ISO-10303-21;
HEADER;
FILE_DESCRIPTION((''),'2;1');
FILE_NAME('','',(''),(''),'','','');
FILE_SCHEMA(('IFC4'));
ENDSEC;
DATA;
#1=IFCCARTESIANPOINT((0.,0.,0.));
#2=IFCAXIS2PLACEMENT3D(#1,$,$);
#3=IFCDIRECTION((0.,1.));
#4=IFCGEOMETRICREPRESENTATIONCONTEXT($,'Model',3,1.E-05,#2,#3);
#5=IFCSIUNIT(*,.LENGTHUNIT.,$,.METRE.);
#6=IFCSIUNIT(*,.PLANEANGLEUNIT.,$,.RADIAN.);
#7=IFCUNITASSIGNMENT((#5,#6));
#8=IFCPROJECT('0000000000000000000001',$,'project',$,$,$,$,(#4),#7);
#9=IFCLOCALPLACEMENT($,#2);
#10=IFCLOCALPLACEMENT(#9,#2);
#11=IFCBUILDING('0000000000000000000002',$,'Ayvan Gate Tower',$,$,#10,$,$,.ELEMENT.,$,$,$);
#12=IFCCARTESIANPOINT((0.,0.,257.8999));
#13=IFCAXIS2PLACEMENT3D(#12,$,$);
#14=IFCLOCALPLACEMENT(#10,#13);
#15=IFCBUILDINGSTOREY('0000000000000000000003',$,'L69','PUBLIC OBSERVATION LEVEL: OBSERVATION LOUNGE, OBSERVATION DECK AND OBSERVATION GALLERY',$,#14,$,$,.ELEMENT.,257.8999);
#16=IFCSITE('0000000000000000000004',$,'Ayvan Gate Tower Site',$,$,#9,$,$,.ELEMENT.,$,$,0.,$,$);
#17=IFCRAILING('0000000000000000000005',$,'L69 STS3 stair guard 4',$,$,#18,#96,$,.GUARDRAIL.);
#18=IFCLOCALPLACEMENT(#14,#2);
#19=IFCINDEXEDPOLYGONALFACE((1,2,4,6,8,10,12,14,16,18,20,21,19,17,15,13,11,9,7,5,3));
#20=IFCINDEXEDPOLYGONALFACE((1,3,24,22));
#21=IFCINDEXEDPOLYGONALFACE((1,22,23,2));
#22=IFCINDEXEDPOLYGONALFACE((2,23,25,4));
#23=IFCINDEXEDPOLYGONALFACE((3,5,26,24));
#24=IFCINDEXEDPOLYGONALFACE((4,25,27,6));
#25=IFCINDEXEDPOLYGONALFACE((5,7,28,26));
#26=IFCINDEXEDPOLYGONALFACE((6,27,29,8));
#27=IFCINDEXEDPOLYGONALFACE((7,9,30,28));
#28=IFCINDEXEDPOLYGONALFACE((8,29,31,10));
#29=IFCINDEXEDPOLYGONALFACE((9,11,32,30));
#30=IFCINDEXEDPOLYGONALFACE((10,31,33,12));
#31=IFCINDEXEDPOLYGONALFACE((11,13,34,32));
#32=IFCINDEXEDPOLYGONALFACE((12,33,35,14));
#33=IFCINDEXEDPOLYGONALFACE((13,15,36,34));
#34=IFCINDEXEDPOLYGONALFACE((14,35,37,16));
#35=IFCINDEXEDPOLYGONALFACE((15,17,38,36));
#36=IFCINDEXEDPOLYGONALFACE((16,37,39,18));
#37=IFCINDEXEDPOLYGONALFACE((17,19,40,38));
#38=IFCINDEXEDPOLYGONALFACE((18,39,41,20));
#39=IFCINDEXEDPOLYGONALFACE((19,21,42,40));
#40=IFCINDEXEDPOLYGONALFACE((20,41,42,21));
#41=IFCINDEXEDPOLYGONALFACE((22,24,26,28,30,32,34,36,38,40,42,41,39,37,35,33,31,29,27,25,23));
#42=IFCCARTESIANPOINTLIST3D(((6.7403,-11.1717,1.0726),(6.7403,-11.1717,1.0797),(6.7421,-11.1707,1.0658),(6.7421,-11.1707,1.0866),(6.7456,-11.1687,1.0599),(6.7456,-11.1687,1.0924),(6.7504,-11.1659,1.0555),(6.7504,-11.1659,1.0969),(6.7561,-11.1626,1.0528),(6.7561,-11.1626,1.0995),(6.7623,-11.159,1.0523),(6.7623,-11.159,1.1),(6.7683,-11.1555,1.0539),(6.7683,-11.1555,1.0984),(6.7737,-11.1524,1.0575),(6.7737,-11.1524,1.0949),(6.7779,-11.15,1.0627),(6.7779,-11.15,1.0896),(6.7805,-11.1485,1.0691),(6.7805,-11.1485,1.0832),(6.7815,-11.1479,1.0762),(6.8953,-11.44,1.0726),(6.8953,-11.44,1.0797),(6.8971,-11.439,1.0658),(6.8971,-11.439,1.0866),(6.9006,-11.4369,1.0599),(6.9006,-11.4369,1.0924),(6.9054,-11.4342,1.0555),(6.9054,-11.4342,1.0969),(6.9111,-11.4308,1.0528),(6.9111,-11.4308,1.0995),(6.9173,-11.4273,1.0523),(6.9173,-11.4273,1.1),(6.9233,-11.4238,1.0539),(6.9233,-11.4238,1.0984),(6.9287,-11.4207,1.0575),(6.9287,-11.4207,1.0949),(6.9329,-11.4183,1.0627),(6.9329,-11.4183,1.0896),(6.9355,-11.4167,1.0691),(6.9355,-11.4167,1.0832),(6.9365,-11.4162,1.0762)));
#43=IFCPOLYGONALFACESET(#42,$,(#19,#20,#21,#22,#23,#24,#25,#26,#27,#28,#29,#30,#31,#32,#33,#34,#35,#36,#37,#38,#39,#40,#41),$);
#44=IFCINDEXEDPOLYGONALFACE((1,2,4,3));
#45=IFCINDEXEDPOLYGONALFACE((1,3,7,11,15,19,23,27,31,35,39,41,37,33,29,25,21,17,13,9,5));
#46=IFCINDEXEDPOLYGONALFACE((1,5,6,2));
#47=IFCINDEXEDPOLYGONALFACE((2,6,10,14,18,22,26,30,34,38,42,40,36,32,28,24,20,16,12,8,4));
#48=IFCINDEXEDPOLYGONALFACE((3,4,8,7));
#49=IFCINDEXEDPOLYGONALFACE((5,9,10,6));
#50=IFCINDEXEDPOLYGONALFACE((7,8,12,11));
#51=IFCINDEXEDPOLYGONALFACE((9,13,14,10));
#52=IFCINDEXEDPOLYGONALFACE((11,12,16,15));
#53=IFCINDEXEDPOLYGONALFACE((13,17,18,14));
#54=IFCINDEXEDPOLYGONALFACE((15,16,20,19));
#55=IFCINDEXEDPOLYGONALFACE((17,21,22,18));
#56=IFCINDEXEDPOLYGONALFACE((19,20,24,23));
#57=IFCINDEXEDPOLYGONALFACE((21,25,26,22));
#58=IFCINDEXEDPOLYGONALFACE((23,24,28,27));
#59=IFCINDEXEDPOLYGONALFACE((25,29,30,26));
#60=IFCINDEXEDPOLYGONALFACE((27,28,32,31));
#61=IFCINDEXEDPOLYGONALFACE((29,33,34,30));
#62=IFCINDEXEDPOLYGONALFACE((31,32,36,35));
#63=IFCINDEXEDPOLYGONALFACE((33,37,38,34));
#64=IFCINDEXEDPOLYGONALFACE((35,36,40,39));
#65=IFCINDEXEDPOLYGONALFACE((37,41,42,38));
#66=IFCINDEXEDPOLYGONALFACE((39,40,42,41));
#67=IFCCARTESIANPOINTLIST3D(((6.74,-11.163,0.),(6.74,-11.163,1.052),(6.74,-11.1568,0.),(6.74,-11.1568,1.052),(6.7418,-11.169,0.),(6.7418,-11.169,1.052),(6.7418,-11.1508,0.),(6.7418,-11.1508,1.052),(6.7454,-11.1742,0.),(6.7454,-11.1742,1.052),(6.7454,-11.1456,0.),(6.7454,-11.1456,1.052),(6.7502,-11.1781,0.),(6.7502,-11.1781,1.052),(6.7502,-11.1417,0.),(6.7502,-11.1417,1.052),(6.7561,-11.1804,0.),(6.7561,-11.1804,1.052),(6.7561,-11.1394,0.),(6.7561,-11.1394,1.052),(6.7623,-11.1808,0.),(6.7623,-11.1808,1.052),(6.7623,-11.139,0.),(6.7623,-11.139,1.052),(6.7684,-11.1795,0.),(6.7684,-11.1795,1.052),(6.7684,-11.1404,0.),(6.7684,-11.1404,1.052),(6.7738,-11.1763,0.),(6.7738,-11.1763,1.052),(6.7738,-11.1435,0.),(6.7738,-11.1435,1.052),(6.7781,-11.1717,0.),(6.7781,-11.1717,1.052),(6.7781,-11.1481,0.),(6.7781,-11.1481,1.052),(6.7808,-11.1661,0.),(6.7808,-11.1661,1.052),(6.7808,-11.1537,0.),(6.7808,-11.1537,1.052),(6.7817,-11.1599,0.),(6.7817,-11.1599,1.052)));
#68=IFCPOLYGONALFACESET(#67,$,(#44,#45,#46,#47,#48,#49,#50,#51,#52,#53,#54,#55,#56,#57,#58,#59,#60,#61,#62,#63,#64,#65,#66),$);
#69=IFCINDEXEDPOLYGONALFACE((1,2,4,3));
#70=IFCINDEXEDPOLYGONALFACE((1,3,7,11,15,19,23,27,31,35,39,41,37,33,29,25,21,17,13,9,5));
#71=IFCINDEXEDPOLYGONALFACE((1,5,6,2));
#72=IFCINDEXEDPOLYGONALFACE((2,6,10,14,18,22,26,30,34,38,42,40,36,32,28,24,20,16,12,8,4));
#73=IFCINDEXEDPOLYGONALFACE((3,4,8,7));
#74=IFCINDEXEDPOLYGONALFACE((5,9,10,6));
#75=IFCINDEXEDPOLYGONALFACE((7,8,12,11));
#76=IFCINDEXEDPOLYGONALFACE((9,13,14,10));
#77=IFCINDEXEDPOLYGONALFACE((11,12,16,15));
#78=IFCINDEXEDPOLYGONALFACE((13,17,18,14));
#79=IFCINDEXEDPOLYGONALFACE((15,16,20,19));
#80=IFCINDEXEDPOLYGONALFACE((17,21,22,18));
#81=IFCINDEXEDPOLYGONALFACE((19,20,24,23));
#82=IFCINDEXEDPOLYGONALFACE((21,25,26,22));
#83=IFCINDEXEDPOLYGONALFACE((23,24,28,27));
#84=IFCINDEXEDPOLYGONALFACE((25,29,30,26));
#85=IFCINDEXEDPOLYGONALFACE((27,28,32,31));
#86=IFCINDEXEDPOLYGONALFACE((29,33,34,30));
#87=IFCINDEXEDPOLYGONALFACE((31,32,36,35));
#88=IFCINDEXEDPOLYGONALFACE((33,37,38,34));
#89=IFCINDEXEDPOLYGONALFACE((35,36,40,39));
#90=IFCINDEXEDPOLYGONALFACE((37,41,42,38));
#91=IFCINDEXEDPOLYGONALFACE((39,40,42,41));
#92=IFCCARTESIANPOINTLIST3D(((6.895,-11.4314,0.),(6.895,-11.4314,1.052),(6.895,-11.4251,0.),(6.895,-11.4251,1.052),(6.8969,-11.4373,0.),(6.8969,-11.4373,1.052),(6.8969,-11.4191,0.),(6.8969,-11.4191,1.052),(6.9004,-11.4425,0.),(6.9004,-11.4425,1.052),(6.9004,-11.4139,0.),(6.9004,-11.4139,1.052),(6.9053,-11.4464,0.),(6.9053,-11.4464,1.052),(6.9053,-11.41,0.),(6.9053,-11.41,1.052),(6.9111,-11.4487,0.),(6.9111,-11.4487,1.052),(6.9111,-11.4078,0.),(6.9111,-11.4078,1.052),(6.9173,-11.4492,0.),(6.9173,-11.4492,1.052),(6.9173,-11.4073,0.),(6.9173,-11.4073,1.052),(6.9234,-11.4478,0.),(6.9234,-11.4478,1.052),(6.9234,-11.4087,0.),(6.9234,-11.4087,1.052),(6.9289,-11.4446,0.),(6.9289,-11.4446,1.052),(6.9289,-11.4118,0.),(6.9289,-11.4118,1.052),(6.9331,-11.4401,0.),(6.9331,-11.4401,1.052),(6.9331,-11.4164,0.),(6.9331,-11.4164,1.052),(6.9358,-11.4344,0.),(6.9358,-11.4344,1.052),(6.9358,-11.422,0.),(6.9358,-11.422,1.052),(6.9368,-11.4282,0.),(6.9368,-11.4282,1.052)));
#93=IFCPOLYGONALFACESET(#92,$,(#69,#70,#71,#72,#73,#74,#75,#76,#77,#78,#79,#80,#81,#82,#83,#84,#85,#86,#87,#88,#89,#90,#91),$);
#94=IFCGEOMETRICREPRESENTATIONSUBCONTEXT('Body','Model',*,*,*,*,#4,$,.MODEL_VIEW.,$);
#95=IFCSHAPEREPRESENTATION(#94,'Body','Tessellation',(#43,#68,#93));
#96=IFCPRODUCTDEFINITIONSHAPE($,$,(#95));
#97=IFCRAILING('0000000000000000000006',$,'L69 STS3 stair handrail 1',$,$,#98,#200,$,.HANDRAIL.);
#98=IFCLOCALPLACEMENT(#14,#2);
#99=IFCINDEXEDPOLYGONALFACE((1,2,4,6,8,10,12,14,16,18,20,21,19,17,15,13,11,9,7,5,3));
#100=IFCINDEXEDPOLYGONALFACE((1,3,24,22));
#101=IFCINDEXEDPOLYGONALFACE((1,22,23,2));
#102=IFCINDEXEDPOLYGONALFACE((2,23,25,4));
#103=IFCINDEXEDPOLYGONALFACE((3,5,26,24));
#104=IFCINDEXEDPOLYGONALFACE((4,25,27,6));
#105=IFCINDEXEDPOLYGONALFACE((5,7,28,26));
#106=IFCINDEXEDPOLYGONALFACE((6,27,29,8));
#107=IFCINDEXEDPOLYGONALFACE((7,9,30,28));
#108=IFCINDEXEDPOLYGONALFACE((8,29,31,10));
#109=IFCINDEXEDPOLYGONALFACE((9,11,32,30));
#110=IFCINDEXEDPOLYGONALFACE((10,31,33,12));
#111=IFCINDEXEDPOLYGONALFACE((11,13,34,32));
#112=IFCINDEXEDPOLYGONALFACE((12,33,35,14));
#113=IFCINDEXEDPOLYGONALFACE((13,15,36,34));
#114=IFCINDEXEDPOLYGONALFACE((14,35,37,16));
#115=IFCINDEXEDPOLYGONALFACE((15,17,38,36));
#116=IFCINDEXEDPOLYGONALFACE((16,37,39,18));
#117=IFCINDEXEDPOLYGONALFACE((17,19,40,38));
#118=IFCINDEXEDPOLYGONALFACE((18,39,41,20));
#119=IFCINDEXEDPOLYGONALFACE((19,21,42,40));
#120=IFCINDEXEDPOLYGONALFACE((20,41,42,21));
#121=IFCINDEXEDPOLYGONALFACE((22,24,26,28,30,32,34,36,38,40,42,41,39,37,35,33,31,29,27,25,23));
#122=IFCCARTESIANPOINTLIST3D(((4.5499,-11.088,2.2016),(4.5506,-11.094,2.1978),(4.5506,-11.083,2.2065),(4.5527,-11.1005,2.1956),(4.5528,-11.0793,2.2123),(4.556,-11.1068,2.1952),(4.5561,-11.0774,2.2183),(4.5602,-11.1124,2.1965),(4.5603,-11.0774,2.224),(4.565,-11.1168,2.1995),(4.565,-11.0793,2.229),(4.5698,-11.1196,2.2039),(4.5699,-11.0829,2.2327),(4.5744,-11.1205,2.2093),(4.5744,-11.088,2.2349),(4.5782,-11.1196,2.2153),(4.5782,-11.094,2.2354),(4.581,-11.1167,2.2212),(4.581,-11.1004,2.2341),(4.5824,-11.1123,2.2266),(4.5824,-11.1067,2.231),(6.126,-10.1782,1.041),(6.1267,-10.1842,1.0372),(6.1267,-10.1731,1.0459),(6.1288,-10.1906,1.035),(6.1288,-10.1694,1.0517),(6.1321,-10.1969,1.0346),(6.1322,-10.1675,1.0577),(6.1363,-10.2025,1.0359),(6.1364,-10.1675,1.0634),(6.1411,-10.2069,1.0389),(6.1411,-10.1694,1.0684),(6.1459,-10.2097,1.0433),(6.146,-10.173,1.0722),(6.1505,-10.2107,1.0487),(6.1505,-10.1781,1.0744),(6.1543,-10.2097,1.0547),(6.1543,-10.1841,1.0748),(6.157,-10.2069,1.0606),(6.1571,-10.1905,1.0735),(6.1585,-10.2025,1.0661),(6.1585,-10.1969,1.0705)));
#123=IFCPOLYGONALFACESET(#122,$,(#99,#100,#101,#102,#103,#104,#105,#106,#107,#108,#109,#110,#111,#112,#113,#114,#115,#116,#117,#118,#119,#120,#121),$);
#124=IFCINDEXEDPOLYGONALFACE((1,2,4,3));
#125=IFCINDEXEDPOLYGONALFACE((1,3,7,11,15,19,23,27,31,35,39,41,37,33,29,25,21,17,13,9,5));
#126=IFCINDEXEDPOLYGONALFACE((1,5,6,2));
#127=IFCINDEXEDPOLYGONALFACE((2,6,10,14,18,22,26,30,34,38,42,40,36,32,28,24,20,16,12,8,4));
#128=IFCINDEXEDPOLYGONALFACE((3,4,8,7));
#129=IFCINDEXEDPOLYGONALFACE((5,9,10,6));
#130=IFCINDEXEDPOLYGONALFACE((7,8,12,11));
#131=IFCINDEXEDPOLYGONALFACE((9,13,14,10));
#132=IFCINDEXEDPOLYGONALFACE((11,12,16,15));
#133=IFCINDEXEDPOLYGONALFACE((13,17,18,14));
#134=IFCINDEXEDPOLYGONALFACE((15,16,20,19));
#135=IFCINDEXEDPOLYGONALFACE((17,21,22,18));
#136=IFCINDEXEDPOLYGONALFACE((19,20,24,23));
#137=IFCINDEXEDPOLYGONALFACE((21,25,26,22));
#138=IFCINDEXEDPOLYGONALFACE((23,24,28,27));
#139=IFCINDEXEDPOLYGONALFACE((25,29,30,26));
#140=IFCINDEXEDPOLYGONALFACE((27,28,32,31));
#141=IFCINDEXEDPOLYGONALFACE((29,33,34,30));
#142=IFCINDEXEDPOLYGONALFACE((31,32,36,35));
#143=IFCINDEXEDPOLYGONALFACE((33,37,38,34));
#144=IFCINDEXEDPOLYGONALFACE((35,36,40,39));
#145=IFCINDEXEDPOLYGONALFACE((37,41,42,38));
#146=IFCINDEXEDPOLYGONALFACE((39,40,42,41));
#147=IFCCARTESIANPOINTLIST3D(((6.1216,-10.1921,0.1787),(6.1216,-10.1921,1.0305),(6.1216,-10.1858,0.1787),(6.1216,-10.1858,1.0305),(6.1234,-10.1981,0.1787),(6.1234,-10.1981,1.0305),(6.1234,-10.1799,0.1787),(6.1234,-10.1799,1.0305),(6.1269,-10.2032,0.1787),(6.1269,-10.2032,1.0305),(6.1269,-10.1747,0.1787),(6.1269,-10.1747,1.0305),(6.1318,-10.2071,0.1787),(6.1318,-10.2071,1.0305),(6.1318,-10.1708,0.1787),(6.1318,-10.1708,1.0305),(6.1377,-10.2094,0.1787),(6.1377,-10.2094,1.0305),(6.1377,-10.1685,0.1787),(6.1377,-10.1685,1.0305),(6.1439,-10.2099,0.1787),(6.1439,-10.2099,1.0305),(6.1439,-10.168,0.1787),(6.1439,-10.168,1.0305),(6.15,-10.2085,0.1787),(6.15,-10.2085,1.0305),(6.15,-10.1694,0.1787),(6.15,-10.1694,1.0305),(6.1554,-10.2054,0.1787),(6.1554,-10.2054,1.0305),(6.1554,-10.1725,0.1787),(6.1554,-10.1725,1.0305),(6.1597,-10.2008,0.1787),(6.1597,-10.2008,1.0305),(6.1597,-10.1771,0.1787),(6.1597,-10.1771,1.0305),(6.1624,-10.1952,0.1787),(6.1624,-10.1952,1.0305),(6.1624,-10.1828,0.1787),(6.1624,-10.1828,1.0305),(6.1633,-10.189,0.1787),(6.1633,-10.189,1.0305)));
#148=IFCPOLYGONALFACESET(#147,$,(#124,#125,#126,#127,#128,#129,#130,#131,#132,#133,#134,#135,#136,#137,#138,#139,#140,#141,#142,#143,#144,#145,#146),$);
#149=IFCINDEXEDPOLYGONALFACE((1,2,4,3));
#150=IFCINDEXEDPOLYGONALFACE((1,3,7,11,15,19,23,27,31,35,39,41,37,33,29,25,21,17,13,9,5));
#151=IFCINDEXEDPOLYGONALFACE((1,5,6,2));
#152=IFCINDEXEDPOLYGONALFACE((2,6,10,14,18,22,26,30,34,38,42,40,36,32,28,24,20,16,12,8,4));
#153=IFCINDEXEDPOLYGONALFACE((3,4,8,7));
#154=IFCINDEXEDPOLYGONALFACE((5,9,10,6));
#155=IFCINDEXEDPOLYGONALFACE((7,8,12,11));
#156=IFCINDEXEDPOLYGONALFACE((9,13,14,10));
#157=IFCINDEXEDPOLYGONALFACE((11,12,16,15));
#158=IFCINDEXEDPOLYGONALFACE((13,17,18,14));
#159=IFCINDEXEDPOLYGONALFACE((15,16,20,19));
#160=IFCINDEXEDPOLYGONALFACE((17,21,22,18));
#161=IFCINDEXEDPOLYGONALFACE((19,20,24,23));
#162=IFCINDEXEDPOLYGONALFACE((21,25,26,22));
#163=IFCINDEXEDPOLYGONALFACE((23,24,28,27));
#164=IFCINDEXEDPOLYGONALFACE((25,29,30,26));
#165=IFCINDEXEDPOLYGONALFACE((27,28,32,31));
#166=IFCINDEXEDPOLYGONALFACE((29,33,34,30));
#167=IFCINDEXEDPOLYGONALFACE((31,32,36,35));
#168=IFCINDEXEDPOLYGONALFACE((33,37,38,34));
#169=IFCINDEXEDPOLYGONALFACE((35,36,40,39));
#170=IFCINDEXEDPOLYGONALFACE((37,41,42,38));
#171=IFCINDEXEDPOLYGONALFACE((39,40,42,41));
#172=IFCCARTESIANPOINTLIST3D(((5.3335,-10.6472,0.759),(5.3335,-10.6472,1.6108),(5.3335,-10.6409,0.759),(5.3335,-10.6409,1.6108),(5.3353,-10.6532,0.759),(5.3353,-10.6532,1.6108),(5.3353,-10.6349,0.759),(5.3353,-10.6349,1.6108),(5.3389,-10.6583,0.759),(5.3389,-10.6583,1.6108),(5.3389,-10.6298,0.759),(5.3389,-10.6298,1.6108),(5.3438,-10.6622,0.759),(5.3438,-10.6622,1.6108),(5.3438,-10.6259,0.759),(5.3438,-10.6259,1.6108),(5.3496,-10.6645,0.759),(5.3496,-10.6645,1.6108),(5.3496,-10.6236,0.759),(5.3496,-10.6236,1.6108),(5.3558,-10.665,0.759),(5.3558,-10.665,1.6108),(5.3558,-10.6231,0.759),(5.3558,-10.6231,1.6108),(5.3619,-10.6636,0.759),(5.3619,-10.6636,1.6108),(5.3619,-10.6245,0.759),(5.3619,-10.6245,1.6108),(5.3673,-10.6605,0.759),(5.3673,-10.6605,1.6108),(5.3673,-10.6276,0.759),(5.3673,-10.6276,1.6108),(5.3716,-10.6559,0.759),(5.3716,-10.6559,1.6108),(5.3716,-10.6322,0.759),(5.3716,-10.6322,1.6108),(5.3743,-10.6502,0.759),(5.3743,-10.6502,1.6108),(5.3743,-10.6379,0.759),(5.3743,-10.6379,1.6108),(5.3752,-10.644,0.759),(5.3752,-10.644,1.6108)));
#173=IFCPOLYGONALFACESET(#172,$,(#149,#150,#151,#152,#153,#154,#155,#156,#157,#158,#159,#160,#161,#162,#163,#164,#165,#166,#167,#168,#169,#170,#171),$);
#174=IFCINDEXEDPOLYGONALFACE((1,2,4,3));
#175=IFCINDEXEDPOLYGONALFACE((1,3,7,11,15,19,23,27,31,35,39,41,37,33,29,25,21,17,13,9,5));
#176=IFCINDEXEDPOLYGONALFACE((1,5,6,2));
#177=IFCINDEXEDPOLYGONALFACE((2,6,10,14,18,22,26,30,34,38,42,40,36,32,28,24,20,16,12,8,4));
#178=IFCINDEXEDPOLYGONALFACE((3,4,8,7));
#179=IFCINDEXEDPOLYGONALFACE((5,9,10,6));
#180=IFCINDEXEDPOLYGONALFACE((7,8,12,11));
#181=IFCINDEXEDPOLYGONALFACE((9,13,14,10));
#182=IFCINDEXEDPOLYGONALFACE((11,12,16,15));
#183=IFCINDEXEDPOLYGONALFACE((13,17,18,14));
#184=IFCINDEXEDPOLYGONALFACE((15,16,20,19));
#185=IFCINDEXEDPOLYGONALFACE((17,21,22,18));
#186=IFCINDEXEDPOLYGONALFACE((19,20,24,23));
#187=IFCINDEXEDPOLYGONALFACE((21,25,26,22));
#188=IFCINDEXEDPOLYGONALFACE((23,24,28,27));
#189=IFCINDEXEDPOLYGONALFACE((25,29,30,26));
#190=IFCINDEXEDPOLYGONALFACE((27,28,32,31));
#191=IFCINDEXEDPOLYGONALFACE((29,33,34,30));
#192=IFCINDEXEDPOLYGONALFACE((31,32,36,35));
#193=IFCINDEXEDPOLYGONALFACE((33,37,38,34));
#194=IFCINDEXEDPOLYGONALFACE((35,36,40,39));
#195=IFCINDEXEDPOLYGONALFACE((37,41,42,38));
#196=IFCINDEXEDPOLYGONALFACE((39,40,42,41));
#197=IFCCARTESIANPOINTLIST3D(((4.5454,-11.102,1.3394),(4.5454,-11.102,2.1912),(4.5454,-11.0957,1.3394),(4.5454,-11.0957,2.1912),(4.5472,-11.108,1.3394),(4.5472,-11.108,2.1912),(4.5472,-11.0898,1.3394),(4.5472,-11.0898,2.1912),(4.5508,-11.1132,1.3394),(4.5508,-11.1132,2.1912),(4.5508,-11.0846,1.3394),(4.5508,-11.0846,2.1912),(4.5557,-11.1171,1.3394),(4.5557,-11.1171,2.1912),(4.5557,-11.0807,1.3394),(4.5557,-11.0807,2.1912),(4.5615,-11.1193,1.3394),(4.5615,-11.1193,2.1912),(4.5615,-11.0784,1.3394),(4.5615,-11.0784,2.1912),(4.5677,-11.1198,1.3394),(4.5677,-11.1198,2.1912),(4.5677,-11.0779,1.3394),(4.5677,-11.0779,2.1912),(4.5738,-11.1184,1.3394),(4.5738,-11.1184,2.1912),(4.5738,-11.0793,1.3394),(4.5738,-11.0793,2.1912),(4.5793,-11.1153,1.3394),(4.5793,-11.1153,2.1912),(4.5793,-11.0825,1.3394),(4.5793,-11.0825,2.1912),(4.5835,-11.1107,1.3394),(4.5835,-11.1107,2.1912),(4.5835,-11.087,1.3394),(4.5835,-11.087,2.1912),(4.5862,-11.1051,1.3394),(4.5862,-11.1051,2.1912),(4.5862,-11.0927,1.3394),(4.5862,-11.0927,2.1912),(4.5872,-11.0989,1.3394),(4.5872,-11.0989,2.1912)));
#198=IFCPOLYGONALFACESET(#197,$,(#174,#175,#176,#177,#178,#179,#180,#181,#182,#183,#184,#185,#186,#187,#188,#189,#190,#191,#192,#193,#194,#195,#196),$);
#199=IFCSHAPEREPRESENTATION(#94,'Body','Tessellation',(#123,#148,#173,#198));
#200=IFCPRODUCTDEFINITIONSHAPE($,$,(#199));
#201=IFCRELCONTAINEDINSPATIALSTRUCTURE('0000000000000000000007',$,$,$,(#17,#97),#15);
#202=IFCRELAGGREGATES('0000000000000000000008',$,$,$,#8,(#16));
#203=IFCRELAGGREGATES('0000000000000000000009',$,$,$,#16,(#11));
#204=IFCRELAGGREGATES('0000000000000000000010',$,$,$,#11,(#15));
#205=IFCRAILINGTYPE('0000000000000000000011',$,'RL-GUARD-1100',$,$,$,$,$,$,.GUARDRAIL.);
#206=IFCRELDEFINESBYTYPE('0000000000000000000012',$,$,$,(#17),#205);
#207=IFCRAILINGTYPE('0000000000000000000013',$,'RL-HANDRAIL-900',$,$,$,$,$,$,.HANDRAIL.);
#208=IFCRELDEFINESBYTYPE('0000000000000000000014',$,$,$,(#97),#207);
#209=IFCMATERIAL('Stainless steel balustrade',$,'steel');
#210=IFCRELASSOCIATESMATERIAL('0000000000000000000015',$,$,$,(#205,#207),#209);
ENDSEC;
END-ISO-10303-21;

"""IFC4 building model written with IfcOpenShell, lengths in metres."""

from ifc_helpers import new_model, si_unit, direction, frame, origin, origin_2d, place, context, subcontext, project, spatial, circle, extrude, material, type_object, element, save


model = new_model("IFC4")

# Units and contexts
model_context = context("Model", 3, precision=1e-05, world=origin(), true_north=direction((0.0, 1.0)))
body_context = subcontext(model_context, "Body", "Model", "MODEL_VIEW")
ifc_project = project(units=[si_unit("LENGTHUNIT", "METRE"), si_unit("PLANEANGLEUNIT", "RADIAN")], contexts=[model_context])

# Site, building, storey
site_placement = place(None, origin())
site = spatial("IfcSite", under=ifc_project, at=site_placement, Name="Ayvan Gate Tower Site", CompositionType="ELEMENT", RefElevation=0.0)
building_placement = place(site_placement, origin())
building = spatial("IfcBuilding", under=site, at=building_placement, Name="Ayvan Gate Tower", CompositionType="ELEMENT")
storey_placement = place(building_placement, frame((0.0, 0.0, 257.8999)))
storey = spatial("IfcBuildingStorey", under=building, at=storey_placement, Name="L69", Description="PUBLIC OBSERVATION LEVEL: OBSERVATION LOUNGE, OBSERVATION DECK AND OBSERVATION GALLERY", CompositionType="ELEMENT", Elevation=257.8999)

# Railings
ifc_material_1 = material(Name="Stainless steel balustrade", Category="steel")
railing_type_1 = type_object("IfcRailingType", Name="RL-GUARD-1100", PredefinedType="GUARDRAIL", material=ifc_material_1)
railing_1_placement = place(storey_placement, frame((6.7607, -11.1599, 0.0)))
element("IfcRailing", 1, at=railing_1_placement, inside=storey, type_object=railing_type_1, Name="L69 STS3 stair guard 4", PredefinedType="GUARDRAIL", context=body_context, shape_type="SweptSolid", body=[
    extrude(circle(Radius=0.0239, at=origin_2d()), frame((0.0, 0.0, 1.0762), z_axis=(0.500291, -0.865857, 0.0), x_axis=(0.865857, 0.500291, 0.0)), (0.0, 0.0, 1.0), 0.3098),
    extrude(circle(Radius=0.021, at=origin_2d()), origin(), (0.0, 0.0, 1.0), 1.052),
    extrude(circle(Radius=0.021, at=origin_2d()), frame((0.155, -0.2683, 0.0)), (0.0, 0.0, 1.0), 1.052),
])
railing_type_2 = type_object("IfcRailingType", Name="RL-HANDRAIL-900", PredefinedType="HANDRAIL", material=ifc_material_1)
for number, where, name in (
    (2, (6.1423, -10.189, 0.1787), "L69 STS3 stair handrail 1"),
):
    element("IfcRailing", number, at=place(storey_placement, frame(where)), inside=storey, type_object=railing_type_2, Name=name, PredefinedType="HANDRAIL", context=body_context, shape_type="SweptSolid", body=[
        extrude(circle(Radius=0.0239, at=origin_2d()), frame((0.0, 0.0, 0.876), z_axis=(-0.730198, -0.421538, 0.537695), x_axis=(0.499962, -0.866047, 0.0)), (0.0, 0.0, 1.0), 2.1584),
        extrude(circle(Radius=0.021, at=origin_2d()), origin(), (0.0, 0.0, 1.0), 0.8518),
        extrude(circle(Radius=0.021, at=origin_2d()), frame((-0.7881, -0.4551, 0.5803)), (0.0, 0.0, 1.0), 0.8518),
        extrude(circle(Radius=0.021, at=origin_2d()), frame((-1.5762, -0.9099, 1.1606)), (0.0, 0.0, 1.0), 0.8518),
    ])

save(model, "model.ifc")
